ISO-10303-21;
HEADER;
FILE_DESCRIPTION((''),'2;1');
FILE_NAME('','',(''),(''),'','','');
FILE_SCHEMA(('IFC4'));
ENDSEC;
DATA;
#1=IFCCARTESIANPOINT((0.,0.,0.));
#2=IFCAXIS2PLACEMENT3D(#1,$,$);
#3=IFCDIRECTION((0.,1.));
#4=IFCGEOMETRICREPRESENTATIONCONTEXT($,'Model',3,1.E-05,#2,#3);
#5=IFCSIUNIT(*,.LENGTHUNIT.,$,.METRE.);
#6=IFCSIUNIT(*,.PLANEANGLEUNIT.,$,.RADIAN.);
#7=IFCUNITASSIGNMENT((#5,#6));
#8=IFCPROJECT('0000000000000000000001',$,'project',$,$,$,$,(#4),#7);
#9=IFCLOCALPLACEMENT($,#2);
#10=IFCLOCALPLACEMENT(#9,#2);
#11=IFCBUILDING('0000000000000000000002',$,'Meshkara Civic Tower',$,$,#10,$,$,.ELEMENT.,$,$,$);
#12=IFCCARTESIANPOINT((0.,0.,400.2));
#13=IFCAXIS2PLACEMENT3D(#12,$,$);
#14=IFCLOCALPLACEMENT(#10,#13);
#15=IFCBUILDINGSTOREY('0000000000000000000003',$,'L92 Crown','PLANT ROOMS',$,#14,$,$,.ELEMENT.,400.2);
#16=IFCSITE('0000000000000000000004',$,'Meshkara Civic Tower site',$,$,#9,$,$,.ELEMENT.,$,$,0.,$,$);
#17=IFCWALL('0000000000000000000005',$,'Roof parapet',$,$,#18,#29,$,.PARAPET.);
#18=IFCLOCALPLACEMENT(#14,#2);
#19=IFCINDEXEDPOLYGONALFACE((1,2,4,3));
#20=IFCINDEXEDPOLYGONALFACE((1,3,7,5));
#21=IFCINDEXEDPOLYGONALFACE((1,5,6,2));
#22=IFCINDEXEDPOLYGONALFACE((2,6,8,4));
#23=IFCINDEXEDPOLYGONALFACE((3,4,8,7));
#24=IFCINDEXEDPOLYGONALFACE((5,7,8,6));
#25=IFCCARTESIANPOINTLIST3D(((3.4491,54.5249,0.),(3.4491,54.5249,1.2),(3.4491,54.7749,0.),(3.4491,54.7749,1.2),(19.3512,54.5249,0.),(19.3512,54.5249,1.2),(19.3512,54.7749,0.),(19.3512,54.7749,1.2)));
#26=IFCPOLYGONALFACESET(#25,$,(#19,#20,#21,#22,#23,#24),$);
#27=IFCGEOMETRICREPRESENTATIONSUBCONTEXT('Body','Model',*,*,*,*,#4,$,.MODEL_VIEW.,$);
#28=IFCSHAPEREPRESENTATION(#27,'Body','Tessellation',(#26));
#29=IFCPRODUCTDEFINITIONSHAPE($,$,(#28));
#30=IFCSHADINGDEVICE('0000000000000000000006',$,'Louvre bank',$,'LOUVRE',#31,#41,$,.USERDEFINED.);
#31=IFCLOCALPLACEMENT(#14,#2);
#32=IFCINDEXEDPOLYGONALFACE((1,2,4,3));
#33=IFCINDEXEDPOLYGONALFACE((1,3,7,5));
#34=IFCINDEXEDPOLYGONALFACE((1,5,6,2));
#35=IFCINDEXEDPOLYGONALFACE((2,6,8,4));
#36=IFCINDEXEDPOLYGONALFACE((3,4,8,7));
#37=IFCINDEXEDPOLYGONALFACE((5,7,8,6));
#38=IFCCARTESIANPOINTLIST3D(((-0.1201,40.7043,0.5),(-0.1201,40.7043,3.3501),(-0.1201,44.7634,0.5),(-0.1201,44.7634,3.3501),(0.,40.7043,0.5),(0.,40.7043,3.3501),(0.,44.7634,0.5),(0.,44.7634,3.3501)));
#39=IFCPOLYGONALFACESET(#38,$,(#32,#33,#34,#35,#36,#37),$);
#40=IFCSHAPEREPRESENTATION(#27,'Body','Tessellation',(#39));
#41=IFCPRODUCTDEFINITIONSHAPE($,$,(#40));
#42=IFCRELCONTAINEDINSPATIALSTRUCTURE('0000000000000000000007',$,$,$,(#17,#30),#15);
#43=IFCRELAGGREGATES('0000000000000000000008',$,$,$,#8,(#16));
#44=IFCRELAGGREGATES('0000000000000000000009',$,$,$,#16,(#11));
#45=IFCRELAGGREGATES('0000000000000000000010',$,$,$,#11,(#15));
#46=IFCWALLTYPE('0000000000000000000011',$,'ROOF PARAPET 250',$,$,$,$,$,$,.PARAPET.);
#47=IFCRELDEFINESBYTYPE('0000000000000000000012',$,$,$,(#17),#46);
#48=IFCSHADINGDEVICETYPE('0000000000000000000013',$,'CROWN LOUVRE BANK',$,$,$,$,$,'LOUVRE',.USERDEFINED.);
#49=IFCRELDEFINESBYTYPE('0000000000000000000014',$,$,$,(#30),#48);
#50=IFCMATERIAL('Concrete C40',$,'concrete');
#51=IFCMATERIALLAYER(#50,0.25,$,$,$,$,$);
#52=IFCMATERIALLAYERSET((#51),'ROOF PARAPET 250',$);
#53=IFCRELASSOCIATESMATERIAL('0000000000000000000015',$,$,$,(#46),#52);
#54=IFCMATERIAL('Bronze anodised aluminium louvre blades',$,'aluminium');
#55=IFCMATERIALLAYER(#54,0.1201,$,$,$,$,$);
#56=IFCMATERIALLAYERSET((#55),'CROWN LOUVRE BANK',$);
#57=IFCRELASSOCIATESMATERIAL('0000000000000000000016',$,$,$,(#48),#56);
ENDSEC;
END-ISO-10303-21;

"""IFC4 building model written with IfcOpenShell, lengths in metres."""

from ifc_helpers import new_model, si_unit, direction, frame, frame_2d, origin, origin_2d, place, context, subcontext, project, spatial, rectangle, extrude, material, layer, layer_set, type_object, element, save


model = new_model("IFC4")

# Units and contexts
model_context = context("Model", 3, precision=1e-05, world=origin(), true_north=direction((0.0, 1.0)))
body_context = subcontext(model_context, "Body", "Model", "MODEL_VIEW")
ifc_project = project(units=[si_unit("LENGTHUNIT", "METRE"), si_unit("PLANEANGLEUNIT", "RADIAN")], contexts=[model_context])

# Site, building, storey
site_placement = place(None, origin())
site = spatial("IfcSite", under=ifc_project, at=site_placement, Name="Meshkara Civic Tower site", CompositionType="ELEMENT", RefElevation=0.0)
building_placement = place(site_placement, origin())
building = spatial("IfcBuilding", under=site, at=building_placement, Name="Meshkara Civic Tower", CompositionType="ELEMENT")
storey_placement = place(building_placement, frame((0.0, 0.0, 400.2)))
storey = spatial("IfcBuildingStorey", under=building, at=storey_placement, Name="L92 Crown", Description="PLANT ROOMS", CompositionType="ELEMENT", Elevation=400.2)

# Wall
ifc_material_1 = material(Name="Concrete C40", Category="concrete")
ifc_layer_1 = layer(ifc_material_1, 0.25)
ifc_layer_set_1 = layer_set([ifc_layer_1], Name="ROOF PARAPET 250")
wall_type_1 = type_object("IfcWallType", Name="ROOF PARAPET 250", PredefinedType="PARAPET", material=ifc_layer_set_1)
wall_1_placement = place(storey_placement, frame((3.449, 54.6499, 0.0), z_axis=(0.0, 0.0, 1.0), x_axis=(1.0, 0.0, 0.0)))
element("IfcWall", 1, at=wall_1_placement, inside=storey, type_object=wall_type_1, Name="Roof parapet", PredefinedType="PARAPET", context=body_context, shape_type="SweptSolid", body=[
    extrude(rectangle(XDim=15.9021, YDim=0.25, at=frame_2d((7.9512, 0.0))), origin(), (0.0, 0.0, 1.0), 1.2),
])

# Shading device
ifc_material_2 = material(Name="Bronze anodised aluminium louvre blades", Category="aluminium")
ifc_layer_2 = layer(ifc_material_2, 0.1201)
ifc_layer_set_2 = layer_set([ifc_layer_2], Name="CROWN LOUVRE BANK")
shading_device_type = type_object("IfcShadingDeviceType", Name="CROWN LOUVRE BANK", ElementType="LOUVRE", PredefinedType="USERDEFINED", material=ifc_layer_set_2)
shading_device_placement = place(storey_placement, frame((-0.0601, 42.7339, 0.5), z_axis=(0.0, 0.0, 1.0), x_axis=(0.0, -1.0, 0.0)))
element("IfcShadingDevice", 2, at=shading_device_placement, inside=storey, type_object=shading_device_type, Name="Louvre bank", ObjectType="LOUVRE", PredefinedType="USERDEFINED", context=body_context, shape_type="SweptSolid", body=[
    extrude(rectangle(XDim=4.0591, YDim=0.1201, at=origin_2d()), origin(), (0.0, 0.0, 1.0), 2.8501),
])

save(model, "model.ifc")
